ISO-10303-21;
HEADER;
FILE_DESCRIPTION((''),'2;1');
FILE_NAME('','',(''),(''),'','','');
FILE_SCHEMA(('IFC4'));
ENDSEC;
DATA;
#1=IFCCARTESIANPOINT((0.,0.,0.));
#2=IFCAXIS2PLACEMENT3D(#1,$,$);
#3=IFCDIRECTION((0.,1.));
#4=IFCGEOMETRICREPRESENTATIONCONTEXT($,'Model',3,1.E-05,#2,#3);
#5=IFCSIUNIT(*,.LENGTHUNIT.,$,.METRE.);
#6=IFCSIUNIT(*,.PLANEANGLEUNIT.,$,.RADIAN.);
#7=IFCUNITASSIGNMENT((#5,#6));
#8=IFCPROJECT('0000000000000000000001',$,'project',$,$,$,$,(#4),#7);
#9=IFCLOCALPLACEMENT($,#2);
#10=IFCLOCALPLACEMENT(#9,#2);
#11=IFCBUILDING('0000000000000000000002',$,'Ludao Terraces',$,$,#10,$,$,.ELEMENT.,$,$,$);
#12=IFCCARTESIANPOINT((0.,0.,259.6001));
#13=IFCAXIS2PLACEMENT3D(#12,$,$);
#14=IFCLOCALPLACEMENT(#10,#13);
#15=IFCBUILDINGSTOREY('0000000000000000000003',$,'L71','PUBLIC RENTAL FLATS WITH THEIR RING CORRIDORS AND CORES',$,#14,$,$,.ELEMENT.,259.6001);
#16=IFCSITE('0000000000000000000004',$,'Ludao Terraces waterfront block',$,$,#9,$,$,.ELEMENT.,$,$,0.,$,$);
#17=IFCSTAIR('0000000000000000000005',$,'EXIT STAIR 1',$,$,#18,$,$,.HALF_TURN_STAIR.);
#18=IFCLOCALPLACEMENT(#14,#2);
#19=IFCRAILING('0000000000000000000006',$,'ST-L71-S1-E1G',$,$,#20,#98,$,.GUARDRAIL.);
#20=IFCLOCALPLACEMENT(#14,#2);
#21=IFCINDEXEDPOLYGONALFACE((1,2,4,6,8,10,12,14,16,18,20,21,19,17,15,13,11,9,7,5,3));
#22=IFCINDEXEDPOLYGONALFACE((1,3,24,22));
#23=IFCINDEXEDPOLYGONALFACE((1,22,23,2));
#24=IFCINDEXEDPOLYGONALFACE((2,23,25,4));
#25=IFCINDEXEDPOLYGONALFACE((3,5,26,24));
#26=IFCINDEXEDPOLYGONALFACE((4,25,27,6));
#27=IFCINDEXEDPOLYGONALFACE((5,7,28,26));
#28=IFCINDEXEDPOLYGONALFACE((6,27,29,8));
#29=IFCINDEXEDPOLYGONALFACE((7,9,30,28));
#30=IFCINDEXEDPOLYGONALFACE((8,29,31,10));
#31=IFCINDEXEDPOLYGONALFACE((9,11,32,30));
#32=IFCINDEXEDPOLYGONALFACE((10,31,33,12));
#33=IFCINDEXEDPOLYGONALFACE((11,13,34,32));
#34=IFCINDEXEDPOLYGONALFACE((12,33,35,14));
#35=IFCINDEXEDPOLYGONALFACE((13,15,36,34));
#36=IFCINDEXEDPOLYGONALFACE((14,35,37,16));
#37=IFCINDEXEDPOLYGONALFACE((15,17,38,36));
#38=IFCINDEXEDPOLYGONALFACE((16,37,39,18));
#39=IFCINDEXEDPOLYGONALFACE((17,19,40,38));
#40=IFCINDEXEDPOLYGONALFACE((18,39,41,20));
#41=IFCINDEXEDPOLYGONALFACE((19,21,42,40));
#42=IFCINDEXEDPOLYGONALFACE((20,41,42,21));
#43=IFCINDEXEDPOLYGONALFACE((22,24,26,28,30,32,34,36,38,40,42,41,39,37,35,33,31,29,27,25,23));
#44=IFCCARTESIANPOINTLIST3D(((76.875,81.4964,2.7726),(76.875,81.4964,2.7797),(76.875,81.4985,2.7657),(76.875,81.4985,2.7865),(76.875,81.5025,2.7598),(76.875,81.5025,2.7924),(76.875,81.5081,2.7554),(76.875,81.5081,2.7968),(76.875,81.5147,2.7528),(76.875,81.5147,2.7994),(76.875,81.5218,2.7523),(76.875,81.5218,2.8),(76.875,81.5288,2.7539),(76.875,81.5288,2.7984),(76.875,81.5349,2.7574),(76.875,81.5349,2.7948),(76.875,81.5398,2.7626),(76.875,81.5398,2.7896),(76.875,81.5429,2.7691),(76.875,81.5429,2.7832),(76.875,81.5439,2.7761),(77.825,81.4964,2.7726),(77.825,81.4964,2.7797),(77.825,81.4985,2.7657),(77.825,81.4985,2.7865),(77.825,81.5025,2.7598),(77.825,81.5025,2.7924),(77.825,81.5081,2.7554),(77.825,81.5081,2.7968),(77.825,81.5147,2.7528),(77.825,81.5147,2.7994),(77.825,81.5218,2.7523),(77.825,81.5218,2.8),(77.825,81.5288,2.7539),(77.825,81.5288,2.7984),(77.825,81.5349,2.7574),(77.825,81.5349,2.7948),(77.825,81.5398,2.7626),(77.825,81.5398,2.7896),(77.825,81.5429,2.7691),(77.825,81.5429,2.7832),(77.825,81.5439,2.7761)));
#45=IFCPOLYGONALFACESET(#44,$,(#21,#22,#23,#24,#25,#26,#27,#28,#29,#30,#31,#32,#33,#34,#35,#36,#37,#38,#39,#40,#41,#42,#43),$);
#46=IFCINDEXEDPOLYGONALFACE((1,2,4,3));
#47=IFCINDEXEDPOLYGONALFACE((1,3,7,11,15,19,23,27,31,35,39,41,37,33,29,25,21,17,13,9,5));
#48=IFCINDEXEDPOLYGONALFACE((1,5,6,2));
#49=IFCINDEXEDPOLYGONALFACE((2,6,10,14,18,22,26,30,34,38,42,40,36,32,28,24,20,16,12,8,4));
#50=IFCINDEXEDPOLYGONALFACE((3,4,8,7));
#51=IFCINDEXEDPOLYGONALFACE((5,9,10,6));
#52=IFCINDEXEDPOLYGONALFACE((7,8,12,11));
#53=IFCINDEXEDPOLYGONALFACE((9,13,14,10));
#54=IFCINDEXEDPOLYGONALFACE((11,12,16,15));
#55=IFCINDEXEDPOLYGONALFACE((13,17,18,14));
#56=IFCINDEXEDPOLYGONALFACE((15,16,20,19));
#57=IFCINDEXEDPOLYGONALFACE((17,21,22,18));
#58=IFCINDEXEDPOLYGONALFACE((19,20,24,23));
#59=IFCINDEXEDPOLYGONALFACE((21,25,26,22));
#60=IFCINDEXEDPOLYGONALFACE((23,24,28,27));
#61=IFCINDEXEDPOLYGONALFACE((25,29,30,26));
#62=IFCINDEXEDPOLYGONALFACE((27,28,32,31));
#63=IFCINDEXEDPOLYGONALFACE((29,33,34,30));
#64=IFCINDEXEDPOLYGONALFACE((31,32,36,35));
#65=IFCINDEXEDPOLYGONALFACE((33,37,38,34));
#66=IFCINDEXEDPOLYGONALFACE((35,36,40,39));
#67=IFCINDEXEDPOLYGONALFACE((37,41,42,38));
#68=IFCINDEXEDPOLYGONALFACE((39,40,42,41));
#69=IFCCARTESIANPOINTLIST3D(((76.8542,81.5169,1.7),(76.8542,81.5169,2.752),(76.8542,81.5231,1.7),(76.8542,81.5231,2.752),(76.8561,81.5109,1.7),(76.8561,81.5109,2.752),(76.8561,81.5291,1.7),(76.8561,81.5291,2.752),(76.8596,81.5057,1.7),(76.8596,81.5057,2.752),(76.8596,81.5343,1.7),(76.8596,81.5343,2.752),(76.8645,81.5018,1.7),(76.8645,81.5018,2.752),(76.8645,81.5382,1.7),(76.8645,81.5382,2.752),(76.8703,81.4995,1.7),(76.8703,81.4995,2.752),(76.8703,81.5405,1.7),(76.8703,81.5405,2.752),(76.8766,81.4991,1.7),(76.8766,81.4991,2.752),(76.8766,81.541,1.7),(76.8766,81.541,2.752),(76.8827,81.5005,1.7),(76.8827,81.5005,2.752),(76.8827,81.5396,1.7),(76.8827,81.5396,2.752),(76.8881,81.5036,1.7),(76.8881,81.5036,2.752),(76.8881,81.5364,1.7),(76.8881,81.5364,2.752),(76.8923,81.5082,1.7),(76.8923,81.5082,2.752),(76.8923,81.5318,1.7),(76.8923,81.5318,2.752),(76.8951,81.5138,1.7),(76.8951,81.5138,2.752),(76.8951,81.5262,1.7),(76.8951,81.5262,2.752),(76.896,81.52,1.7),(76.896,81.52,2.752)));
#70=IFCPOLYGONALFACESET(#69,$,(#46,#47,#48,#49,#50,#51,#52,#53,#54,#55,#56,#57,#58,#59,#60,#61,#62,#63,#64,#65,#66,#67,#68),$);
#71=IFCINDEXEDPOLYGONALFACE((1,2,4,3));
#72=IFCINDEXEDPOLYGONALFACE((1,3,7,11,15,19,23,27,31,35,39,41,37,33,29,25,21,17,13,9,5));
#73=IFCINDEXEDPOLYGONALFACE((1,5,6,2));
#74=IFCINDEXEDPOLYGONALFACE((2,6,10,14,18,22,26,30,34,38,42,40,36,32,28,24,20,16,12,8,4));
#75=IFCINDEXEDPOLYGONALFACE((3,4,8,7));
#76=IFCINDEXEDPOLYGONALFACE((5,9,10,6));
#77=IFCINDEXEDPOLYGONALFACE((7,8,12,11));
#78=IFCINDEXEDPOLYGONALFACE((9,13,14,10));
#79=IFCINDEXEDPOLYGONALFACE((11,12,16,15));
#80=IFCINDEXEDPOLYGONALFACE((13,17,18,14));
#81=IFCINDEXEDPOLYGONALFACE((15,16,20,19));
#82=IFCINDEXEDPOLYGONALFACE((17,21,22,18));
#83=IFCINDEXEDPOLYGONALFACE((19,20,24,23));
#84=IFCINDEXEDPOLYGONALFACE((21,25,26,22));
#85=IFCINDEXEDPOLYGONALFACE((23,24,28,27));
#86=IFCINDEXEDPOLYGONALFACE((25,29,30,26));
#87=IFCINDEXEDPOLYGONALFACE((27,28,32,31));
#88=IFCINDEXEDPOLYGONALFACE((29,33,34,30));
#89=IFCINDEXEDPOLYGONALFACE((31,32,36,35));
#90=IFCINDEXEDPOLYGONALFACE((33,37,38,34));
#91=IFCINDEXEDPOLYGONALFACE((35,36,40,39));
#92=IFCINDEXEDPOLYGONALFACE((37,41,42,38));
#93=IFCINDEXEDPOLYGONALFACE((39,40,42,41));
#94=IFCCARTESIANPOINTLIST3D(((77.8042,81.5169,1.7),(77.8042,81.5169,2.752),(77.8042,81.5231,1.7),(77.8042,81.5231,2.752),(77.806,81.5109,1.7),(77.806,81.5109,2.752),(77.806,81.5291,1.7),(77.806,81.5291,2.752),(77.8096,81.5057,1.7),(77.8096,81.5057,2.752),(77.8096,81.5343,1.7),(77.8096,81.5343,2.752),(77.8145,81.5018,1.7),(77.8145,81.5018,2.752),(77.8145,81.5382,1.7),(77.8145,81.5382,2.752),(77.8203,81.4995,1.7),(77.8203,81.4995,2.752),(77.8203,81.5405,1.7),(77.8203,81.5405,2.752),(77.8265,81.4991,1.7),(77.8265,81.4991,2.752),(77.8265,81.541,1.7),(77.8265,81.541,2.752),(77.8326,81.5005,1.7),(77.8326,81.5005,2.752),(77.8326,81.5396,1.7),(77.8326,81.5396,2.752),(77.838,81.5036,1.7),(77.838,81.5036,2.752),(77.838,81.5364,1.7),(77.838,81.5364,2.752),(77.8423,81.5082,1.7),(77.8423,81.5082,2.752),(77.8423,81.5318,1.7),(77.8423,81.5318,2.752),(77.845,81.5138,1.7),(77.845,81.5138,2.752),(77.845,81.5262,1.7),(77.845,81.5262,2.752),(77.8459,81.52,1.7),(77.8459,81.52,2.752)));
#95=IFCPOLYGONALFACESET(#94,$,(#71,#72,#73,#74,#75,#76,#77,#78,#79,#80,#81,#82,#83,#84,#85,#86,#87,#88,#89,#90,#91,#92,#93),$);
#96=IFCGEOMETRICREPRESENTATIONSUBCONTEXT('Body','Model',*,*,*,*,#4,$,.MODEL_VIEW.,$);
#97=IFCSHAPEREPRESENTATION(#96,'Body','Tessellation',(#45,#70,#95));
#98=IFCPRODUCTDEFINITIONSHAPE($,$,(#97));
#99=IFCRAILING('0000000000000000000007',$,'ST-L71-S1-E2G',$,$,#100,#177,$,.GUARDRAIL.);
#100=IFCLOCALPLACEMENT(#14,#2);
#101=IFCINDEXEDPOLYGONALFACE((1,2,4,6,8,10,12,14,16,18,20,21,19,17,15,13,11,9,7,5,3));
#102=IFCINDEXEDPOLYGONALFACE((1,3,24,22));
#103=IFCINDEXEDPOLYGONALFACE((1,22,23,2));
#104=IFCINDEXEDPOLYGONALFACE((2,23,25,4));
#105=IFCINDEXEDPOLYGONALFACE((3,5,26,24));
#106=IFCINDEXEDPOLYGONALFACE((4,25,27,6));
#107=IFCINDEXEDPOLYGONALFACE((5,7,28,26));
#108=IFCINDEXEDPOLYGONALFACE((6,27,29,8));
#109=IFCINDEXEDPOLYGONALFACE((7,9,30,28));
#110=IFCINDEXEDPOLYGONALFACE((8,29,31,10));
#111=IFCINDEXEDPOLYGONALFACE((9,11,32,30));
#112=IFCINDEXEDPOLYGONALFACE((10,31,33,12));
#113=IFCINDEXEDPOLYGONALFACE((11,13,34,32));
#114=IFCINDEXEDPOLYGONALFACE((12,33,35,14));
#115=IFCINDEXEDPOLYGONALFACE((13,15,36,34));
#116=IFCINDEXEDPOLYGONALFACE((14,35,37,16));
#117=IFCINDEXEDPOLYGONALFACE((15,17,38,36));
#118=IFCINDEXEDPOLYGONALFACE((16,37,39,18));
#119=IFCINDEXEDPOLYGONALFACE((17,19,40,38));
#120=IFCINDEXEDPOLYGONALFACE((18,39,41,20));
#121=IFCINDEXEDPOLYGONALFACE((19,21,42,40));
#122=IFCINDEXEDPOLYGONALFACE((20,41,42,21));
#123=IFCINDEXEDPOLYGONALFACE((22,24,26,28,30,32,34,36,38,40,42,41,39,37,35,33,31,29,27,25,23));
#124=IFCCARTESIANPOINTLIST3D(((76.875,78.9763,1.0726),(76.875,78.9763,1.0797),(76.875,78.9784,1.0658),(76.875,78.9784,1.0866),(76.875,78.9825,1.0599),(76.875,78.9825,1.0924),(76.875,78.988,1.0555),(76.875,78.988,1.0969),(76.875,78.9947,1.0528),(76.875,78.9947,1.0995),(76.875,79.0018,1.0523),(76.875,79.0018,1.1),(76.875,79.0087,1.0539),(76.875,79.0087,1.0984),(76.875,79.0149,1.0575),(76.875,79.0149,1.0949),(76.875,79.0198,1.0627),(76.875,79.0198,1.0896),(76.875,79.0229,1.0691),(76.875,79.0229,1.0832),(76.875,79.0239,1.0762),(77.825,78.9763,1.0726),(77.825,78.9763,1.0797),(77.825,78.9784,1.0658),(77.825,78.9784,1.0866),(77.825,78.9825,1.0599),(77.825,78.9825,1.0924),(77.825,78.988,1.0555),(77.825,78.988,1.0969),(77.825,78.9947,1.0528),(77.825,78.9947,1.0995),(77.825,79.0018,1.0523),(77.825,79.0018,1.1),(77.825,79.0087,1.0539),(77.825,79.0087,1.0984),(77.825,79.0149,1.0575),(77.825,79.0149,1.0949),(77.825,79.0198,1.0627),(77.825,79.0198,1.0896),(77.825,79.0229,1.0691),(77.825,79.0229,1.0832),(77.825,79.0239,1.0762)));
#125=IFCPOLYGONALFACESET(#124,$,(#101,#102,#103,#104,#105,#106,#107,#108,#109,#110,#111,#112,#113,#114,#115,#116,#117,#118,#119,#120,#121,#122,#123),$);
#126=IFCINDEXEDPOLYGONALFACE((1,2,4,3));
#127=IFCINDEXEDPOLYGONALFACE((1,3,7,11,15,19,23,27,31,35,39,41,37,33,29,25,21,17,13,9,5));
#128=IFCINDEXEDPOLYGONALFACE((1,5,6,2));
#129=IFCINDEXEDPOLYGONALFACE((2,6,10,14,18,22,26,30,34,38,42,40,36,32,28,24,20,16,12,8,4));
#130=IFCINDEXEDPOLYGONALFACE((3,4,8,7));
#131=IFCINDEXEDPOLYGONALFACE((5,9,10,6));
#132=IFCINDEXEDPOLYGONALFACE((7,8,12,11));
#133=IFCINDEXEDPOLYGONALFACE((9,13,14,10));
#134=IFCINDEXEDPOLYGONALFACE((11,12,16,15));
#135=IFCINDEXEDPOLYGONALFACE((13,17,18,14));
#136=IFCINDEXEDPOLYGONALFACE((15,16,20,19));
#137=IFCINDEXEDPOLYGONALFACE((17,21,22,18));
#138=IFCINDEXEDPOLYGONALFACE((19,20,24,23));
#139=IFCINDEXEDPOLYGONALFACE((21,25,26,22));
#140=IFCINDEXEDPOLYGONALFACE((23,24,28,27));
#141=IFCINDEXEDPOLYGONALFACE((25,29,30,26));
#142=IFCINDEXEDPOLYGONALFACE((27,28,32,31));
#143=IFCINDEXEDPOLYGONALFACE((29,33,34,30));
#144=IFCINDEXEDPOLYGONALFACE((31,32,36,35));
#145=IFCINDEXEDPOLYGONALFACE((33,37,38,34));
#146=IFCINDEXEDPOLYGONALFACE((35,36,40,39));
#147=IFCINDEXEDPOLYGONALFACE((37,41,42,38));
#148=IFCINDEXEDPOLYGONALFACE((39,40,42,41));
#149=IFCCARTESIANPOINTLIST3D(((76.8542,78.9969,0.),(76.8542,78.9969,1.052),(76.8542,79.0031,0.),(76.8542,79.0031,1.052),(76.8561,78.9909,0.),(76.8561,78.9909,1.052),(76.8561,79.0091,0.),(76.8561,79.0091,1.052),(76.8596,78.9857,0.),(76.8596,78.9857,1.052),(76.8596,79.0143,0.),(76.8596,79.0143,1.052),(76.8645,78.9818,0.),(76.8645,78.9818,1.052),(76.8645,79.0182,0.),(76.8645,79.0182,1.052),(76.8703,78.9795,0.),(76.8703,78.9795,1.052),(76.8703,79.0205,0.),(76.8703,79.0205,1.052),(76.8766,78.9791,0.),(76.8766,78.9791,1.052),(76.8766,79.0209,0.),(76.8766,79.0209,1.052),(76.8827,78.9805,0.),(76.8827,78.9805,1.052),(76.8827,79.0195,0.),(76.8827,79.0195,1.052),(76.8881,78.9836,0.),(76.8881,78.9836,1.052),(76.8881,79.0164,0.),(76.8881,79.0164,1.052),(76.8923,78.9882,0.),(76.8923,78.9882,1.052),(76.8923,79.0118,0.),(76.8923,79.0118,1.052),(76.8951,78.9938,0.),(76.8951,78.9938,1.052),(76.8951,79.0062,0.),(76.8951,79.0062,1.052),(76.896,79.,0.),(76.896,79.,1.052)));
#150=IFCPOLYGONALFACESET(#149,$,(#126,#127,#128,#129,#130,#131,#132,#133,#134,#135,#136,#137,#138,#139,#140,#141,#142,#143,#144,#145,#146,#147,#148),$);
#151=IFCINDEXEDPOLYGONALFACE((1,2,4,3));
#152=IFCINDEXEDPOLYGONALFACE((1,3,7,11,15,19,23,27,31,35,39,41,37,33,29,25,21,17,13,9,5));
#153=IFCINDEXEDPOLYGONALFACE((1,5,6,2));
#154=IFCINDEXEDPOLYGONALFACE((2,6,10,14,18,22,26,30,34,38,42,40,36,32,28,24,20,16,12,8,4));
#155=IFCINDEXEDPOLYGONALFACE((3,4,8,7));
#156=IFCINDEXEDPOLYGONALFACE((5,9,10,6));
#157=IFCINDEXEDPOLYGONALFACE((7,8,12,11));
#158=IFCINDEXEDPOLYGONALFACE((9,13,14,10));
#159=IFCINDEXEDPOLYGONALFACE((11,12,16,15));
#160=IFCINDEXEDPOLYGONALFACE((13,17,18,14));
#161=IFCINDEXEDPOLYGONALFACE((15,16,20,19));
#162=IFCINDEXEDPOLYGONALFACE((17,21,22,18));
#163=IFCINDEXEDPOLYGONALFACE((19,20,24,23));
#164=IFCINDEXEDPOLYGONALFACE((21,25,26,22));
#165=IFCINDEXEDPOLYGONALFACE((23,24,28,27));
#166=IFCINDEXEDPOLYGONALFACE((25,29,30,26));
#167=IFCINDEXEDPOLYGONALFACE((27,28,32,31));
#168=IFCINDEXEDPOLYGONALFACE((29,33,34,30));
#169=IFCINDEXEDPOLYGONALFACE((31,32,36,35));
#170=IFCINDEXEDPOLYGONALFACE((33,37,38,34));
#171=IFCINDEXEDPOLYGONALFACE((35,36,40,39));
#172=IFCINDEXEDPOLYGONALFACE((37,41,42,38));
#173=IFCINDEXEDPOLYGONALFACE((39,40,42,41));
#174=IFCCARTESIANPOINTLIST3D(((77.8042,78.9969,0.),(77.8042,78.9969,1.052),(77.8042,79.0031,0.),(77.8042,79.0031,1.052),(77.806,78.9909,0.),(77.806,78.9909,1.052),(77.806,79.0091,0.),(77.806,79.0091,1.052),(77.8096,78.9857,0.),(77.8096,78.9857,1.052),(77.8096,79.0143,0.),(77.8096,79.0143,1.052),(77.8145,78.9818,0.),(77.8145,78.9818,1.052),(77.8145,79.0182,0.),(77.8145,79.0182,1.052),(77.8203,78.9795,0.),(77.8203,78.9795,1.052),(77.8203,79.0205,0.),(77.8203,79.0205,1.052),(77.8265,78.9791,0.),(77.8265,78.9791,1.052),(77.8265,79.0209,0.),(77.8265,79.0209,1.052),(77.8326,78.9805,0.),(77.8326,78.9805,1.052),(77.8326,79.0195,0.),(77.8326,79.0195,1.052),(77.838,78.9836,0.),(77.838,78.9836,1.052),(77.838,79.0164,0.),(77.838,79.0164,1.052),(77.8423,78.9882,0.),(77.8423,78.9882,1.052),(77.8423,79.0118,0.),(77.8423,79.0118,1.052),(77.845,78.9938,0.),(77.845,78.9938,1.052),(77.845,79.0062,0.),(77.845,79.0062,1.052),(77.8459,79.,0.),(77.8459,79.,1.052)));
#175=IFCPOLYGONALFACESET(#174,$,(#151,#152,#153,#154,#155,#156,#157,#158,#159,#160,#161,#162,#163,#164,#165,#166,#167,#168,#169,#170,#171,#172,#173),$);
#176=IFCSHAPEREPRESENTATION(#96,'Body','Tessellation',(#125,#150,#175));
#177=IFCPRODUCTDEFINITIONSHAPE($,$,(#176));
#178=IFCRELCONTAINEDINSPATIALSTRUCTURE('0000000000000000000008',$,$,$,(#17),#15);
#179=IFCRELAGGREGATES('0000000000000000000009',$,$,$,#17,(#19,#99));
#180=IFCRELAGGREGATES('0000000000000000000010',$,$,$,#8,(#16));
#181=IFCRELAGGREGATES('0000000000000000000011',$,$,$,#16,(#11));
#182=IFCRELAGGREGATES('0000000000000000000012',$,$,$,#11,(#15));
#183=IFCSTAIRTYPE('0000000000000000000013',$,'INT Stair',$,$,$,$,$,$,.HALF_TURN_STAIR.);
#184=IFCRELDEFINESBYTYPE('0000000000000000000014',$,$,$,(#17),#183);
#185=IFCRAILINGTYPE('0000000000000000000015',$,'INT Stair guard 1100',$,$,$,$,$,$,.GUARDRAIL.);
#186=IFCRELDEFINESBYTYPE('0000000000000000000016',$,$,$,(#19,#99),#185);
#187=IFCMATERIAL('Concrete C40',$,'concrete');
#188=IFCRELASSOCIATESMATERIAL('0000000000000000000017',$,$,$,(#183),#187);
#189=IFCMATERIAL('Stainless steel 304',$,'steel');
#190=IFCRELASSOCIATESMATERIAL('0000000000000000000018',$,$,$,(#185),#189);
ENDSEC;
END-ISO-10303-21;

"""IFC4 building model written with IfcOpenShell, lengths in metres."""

from ifc_helpers import new_model, si_unit, direction, frame, origin, origin_2d, place, context, subcontext, project, spatial, circle, extrude, material, type_object, element, aggregate, save


model = new_model("IFC4")

# Units and contexts
model_context = context("Model", 3, precision=1e-05, world=origin(), true_north=direction((0.0, 1.0)))
body_context = subcontext(model_context, "Body", "Model", "MODEL_VIEW")
ifc_project = project(units=[si_unit("LENGTHUNIT", "METRE"), si_unit("PLANEANGLEUNIT", "RADIAN")], contexts=[model_context])

# Site, building, storey
site_placement = place(None, origin())
site = spatial("IfcSite", under=ifc_project, at=site_placement, Name="Ludao Terraces waterfront block", CompositionType="ELEMENT", RefElevation=0.0)
building_placement = place(site_placement, origin())
building = spatial("IfcBuilding", under=site, at=building_placement, Name="Ludao Terraces", CompositionType="ELEMENT")
storey_placement = place(building_placement, frame((0.0, 0.0, 259.6001)))
storey = spatial("IfcBuildingStorey", under=building, at=storey_placement, Name="L71", Description="PUBLIC RENTAL FLATS WITH THEIR RING CORRIDORS AND CORES", CompositionType="ELEMENT", Elevation=259.6001)

# Shared definitions
ifc_material_1 = material(Name="Concrete C40", Category="concrete")

# Shared definitions
ifc_material_2 = material(Name="Stainless steel 304", Category="steel")

# Stair, railings
stair_type = type_object("IfcStairType", Name="INT Stair", PredefinedType="HALF_TURN_STAIR", material=ifc_material_1)
stair_placement = place(storey_placement, origin())
stair = element("IfcStair", 1, at=stair_placement, inside=storey, type_object=stair_type, Name="EXIT STAIR 1", PredefinedType="HALF_TURN_STAIR")
railing_type_1 = type_object("IfcRailingType", Name="INT Stair guard 1100", PredefinedType="GUARDRAIL", material=ifc_material_2)
railing_1_placement = place(storey_placement, frame((76.875, 81.52, 1.7)))
railing_1 = element("IfcRailing", 2, at=railing_1_placement, type_object=railing_type_1, Name="ST-L71-S1-E1G", PredefinedType="GUARDRAIL", context=body_context, shape_type="SweptSolid", body=[
    extrude(circle(Radius=0.0239, at=origin_2d()), frame((0.0, 0.0, 1.0762), z_axis=(1.0, 0.0, 0.0), x_axis=(0.0, 1.0, 0.0)), (0.0, 0.0, 1.0), 0.95),
    extrude(circle(Radius=0.021, at=origin_2d()), origin(), (0.0, 0.0, 1.0), 1.052),
    extrude(circle(Radius=0.021, at=origin_2d()), frame((0.95, 0.0, 0.0)), (0.0, 0.0, 1.0), 1.052),
])
railing_2_placement = place(storey_placement, frame((76.875, 79.0, 0.0)))
railing_2 = element("IfcRailing", 3, at=railing_2_placement, type_object=railing_type_1, Name="ST-L71-S1-E2G", PredefinedType="GUARDRAIL", context=body_context, shape_type="SweptSolid", body=[
    extrude(circle(Radius=0.0239, at=origin_2d()), frame((0.0, 0.0, 1.0762), z_axis=(1.0, 0.0, 0.0), x_axis=(0.0, 1.0, 0.0)), (0.0, 0.0, 1.0), 0.95),
    extrude(circle(Radius=0.021, at=origin_2d()), origin(), (0.0, 0.0, 1.0), 1.052),
    extrude(circle(Radius=0.021, at=origin_2d()), frame((0.95, 0.0, 0.0)), (0.0, 0.0, 1.0), 1.052),
])
aggregate(stair, [railing_1, railing_2])

save(model, "model.ifc")
